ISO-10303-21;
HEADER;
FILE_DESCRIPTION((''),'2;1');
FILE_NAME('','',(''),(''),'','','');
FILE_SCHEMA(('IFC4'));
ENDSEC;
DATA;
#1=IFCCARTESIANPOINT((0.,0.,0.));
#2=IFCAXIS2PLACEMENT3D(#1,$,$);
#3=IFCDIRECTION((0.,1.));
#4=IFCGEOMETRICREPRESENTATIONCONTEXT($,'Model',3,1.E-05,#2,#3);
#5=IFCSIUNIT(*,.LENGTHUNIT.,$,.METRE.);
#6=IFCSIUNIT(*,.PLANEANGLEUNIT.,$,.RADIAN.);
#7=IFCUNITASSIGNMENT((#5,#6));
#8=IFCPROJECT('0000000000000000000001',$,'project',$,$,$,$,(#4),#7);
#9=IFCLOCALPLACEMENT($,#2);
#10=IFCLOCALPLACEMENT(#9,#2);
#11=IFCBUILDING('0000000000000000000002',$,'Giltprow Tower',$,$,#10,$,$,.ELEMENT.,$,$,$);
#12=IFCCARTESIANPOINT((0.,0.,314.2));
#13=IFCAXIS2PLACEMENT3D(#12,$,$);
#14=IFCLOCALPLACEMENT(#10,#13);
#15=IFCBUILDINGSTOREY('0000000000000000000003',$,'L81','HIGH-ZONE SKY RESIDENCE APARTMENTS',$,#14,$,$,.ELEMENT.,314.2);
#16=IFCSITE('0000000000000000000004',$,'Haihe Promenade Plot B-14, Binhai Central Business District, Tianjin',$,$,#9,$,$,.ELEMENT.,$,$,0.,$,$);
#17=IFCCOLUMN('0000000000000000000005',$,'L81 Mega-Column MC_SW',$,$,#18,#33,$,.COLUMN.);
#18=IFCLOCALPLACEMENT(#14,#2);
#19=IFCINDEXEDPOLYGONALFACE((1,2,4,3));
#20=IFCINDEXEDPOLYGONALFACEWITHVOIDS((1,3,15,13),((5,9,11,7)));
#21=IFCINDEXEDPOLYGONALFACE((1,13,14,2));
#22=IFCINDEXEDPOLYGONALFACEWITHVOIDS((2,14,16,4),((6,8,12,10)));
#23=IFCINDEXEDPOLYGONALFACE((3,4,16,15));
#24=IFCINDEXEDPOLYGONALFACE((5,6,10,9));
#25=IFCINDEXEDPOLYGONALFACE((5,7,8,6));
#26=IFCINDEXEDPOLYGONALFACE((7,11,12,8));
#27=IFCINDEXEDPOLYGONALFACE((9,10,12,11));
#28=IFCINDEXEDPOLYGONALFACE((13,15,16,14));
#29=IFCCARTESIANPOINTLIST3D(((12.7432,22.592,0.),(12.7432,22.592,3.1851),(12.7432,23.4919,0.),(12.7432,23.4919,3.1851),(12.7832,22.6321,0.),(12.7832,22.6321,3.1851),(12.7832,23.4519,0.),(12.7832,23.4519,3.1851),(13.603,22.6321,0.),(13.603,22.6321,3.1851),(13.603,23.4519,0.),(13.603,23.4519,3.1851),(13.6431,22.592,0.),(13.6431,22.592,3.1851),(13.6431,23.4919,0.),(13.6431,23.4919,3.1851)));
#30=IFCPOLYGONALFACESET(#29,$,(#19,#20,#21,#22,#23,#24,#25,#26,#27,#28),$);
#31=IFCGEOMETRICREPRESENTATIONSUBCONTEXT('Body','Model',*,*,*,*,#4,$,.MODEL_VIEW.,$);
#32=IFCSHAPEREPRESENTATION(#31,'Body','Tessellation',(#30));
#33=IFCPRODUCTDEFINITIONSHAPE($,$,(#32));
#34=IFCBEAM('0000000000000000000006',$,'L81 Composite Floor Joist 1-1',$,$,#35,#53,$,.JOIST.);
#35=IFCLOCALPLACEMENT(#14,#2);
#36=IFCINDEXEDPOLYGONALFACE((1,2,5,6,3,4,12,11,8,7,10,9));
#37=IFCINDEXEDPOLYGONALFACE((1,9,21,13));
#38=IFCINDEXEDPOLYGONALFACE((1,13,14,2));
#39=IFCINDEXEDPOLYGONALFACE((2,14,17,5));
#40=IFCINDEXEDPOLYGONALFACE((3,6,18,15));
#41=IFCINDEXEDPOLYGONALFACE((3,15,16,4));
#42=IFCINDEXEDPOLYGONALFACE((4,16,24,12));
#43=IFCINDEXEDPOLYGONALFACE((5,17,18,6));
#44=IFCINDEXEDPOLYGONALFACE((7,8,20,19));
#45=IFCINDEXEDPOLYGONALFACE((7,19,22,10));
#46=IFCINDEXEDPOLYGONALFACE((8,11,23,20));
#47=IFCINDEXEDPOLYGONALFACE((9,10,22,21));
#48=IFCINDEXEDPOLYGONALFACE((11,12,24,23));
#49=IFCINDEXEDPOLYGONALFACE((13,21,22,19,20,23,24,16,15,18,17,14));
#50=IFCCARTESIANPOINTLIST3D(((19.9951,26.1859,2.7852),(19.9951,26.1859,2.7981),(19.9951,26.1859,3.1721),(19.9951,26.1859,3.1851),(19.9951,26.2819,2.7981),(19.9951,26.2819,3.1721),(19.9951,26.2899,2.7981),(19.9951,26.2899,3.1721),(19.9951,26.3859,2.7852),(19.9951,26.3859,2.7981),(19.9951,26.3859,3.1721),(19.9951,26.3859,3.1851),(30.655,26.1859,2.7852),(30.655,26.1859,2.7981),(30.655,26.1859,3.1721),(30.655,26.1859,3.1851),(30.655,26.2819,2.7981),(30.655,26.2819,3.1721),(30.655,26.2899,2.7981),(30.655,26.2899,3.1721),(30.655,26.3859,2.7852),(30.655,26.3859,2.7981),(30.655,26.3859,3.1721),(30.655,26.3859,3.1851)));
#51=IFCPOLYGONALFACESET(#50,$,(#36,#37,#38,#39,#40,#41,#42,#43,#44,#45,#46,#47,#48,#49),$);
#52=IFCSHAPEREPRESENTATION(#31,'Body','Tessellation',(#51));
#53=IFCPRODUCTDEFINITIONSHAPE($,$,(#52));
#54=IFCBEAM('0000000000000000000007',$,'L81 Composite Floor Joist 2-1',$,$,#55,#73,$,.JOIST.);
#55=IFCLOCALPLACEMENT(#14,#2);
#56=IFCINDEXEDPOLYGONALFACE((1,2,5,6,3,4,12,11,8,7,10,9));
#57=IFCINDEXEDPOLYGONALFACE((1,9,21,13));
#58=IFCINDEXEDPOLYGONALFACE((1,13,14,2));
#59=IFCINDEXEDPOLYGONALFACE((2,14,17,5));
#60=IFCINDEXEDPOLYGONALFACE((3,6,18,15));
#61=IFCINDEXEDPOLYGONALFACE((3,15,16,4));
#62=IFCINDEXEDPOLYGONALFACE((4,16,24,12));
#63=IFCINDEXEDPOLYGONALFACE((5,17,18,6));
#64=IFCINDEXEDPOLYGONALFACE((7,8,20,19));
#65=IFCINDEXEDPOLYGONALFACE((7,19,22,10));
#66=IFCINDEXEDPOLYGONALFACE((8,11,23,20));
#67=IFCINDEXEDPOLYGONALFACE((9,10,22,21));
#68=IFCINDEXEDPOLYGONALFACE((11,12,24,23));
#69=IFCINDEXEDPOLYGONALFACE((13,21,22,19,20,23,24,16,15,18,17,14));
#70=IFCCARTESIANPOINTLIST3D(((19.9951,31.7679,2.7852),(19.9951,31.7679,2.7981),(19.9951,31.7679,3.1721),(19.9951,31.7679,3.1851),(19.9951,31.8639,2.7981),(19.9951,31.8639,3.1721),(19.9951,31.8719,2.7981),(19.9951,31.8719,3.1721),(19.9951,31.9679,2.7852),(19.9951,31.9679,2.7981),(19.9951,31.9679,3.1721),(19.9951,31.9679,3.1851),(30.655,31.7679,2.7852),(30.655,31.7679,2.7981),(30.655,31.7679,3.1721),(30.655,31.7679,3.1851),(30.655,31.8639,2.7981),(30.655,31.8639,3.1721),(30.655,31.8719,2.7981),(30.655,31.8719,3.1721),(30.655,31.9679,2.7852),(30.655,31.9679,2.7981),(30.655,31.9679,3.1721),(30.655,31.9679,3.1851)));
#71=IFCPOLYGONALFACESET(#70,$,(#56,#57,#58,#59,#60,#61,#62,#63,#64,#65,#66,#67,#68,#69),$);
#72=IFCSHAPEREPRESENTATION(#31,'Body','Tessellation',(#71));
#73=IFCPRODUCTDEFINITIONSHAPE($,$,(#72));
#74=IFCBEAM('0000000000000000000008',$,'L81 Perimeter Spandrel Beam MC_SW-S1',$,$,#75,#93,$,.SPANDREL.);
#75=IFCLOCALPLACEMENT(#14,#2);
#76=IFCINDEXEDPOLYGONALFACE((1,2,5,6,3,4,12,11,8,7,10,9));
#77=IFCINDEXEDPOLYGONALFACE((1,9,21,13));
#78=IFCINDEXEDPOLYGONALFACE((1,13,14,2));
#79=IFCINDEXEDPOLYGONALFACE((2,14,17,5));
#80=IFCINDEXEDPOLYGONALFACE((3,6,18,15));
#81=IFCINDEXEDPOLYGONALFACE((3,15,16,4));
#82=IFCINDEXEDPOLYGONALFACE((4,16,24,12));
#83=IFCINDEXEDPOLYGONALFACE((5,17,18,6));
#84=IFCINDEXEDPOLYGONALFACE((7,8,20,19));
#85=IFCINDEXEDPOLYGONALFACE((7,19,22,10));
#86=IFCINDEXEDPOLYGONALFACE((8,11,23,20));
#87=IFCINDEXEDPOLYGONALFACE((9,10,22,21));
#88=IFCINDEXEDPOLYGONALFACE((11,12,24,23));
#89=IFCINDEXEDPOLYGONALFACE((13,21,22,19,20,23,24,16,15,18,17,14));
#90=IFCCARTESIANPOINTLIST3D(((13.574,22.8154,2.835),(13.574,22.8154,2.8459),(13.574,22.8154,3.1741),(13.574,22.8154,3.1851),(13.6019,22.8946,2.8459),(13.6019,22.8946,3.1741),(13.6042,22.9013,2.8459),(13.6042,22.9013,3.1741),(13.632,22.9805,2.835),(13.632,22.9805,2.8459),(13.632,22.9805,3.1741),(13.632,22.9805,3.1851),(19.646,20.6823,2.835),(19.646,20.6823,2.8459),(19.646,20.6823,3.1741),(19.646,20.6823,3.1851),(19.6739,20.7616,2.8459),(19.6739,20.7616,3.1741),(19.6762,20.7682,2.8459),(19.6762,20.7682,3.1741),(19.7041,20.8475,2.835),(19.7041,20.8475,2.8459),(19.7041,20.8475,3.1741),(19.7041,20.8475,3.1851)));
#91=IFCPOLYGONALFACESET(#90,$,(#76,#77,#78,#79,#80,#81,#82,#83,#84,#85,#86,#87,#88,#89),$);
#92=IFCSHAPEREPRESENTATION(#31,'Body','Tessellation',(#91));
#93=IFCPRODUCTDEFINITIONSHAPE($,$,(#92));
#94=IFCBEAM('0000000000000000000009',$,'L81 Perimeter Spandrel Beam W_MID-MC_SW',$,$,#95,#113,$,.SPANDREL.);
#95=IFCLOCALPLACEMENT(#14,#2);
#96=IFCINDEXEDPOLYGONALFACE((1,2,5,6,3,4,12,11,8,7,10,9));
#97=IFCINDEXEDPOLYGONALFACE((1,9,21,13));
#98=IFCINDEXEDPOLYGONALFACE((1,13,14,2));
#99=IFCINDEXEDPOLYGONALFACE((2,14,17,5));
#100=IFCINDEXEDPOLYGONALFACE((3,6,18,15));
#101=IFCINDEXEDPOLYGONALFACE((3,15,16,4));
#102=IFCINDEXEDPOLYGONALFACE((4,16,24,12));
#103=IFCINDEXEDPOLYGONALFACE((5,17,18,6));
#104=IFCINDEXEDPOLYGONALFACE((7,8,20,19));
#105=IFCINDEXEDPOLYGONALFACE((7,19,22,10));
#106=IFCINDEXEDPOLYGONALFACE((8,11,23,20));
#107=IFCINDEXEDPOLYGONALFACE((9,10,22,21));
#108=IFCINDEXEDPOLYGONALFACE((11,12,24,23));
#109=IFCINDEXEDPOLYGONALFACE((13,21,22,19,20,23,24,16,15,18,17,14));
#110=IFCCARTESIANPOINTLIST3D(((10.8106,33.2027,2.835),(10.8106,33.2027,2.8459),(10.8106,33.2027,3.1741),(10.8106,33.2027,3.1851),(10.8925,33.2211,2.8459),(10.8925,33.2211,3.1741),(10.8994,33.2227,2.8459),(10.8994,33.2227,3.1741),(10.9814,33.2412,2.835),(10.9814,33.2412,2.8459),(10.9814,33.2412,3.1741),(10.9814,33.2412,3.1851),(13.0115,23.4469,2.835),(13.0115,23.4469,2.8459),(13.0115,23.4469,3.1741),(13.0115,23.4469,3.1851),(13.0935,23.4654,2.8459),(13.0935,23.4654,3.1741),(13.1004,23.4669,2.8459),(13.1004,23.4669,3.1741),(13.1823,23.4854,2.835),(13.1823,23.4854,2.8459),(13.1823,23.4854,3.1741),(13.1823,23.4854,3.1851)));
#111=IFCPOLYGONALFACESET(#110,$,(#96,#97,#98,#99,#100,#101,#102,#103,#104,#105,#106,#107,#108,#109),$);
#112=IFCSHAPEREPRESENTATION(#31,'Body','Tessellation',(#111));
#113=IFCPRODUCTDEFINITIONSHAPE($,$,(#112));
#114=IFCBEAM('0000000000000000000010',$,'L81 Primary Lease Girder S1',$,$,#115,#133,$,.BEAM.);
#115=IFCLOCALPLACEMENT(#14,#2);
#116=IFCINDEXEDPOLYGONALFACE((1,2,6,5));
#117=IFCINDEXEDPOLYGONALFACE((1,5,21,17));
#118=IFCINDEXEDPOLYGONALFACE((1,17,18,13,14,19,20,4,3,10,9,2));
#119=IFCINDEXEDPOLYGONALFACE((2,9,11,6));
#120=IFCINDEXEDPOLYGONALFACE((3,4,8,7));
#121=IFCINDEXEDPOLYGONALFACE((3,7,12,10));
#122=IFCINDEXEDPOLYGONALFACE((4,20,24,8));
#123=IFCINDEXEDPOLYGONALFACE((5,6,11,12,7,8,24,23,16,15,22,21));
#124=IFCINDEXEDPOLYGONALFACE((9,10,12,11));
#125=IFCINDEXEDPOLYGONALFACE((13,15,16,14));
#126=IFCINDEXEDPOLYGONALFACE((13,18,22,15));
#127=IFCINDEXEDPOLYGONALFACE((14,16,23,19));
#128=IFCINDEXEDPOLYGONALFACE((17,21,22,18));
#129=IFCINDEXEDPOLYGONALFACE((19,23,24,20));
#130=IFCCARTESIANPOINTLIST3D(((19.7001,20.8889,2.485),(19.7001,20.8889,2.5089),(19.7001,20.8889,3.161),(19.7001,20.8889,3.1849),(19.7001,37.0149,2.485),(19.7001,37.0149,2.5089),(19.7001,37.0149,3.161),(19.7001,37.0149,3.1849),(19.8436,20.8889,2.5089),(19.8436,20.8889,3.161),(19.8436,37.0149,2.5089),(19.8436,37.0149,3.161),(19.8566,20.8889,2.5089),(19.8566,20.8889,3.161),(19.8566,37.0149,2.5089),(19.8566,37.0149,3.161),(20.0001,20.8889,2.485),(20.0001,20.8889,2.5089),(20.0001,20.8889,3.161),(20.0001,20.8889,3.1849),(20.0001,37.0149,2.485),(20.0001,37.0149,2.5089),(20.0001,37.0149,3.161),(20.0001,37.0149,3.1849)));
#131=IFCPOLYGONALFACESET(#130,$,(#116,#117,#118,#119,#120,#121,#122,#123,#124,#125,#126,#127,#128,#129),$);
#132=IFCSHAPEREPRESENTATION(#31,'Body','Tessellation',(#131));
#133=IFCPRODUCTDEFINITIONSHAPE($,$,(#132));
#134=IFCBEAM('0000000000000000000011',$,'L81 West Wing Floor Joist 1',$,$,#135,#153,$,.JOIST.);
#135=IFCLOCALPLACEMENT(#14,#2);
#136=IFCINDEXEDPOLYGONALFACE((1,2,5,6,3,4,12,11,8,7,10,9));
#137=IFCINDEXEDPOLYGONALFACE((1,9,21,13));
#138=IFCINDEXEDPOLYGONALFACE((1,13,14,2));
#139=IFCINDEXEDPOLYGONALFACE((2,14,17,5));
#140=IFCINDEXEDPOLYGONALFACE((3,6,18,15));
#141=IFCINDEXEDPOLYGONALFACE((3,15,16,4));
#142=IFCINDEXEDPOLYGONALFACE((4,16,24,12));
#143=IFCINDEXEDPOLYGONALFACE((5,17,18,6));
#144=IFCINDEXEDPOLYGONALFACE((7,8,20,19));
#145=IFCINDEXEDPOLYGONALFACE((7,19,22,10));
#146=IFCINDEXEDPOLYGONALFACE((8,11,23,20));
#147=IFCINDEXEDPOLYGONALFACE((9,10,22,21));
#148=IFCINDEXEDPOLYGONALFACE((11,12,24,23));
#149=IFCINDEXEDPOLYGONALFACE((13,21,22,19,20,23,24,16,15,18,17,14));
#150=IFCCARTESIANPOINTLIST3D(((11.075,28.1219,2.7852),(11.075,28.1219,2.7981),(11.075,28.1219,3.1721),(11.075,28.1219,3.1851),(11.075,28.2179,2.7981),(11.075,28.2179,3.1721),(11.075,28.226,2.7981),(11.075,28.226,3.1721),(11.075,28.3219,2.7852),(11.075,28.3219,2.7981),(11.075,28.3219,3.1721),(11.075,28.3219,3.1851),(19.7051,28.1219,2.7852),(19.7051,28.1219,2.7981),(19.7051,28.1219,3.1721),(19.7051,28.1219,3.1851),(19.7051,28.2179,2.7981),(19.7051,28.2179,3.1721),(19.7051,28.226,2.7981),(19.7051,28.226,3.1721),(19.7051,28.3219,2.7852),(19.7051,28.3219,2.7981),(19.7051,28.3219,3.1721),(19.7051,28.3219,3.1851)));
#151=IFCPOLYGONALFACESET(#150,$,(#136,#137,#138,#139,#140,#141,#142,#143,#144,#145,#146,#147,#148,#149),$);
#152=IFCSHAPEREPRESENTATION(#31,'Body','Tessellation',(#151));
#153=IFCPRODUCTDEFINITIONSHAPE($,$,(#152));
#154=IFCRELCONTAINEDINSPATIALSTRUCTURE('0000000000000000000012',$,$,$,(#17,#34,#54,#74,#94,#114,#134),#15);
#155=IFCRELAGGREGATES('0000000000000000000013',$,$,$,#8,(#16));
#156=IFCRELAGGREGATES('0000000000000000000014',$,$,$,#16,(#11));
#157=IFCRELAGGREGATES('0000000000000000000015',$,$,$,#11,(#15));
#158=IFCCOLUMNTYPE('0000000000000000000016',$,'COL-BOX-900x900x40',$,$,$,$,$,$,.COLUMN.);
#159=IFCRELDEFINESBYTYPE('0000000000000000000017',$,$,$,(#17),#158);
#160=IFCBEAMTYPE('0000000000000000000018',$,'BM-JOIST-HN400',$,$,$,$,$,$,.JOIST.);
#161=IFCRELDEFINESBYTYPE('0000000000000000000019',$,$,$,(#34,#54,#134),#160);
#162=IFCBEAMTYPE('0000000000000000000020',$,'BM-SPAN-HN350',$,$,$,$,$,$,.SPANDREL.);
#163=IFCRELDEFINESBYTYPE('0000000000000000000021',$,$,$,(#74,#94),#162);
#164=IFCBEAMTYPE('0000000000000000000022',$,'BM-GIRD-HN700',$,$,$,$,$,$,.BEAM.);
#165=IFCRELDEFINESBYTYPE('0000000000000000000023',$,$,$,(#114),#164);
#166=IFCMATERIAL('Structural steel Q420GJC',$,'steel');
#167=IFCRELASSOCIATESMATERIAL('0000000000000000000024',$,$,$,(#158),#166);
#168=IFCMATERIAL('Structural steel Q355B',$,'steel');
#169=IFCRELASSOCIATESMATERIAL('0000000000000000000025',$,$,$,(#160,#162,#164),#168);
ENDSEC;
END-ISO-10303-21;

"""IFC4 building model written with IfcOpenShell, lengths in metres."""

from ifc_helpers import new_model, si_unit, direction, frame, origin, origin_2d, place, context, subcontext, project, spatial, hollow_rectangle, i_section, extrude, source, transform, mapped, material, material_profile, profile_set, type_object, element, save


model = new_model("IFC4")

# Units and contexts
model_context = context("Model", 3, precision=1e-05, world=origin(), true_north=direction((0.0, 1.0)))
body_context = subcontext(model_context, "Body", "Model", "MODEL_VIEW")
ifc_project = project(units=[si_unit("LENGTHUNIT", "METRE"), si_unit("PLANEANGLEUNIT", "RADIAN")], contexts=[model_context])

# Site, building, storey
site_placement = place(None, origin())
site = spatial("IfcSite", under=ifc_project, at=site_placement, Name="Haihe Promenade Plot B-14, Binhai Central Business District, Tianjin", CompositionType="ELEMENT", RefElevation=0.0)
building_placement = place(site_placement, origin())
building = spatial("IfcBuilding", under=site, at=building_placement, Name="Giltprow Tower", CompositionType="ELEMENT")
storey_placement = place(building_placement, frame((0.0, 0.0, 314.2)))
storey = spatial("IfcBuildingStorey", under=building, at=storey_placement, Name="L81", Description="HIGH-ZONE SKY RESIDENCE APARTMENTS", CompositionType="ELEMENT", Elevation=314.2)

# Column
ifc_material_1 = material(Name="Structural steel Q420GJC", Category="steel")
ifc_material_profile_1 = material_profile(ifc_material_1, hollow_rectangle(XDim=0.8999, YDim=0.8999, WallThickness=0.04, at=origin_2d()), Name="BOX 900x900x40")
ifc_profile_set_1 = profile_set([ifc_material_profile_1], Name="Structural steel Q420GJC")
column_type = type_object("IfcColumnType", Name="COL-BOX-900x900x40", PredefinedType="COLUMN", material=ifc_profile_set_1)
shared_shape_1 = source(origin(), body_context, "Body", "SweptSolid", [
    extrude(hollow_rectangle(XDim=0.8999, YDim=0.8999, WallThickness=0.04, at=origin_2d()), origin(), (0.0, 0.0, 1.0), 3.1851),
])
column_placement = place(storey_placement, frame((13.1931, 23.042, 0.0), z_axis=(0.0, 0.0, 1.0), x_axis=(1.0, 0.0, 0.0)))
element("IfcColumn", 1, at=column_placement, inside=storey, type_object=column_type, Name="L81 Mega-Column MC_SW", PredefinedType="COLUMN", context=body_context, shape_type="MappedRepresentation", body=[
    mapped(shared_shape_1, transform((0.0, 0.0, 0.0), x_axis=(1.0, 0.0, 0.0), y_axis=(0.0, 1.0, 0.0), z_axis=(0.0, 0.0, 1.0), scale=1.0)),
])

# Beams
ifc_material_2 = material(Name="Structural steel Q355B", Category="steel")
ifc_material_profile_2 = material_profile(ifc_material_2, i_section(OverallWidth=0.2, OverallDepth=0.3999, WebThickness=0.0081, FlangeThickness=0.0129, at=origin_2d()), Name="HN 400x200x8x13")
ifc_profile_set_2 = profile_set([ifc_material_profile_2], Name="Structural steel Q355B")
beam_type_1 = type_object("IfcBeamType", Name="BM-JOIST-HN400", PredefinedType="JOIST", material=ifc_profile_set_2)
shared_shape_2 = source(origin(), body_context, "Body", "SweptSolid", [
    extrude(i_section(OverallWidth=0.2, OverallDepth=0.3999, WebThickness=0.0081, FlangeThickness=0.0129, at=origin_2d()), origin(), (0.0, 0.0, 1.0), 10.6599),
])
for number, where, z_axis, x_axis, name in (
    (2, (19.9951, 26.2859, 2.9851), (1.0, 0.0, 0.0), (0.0, 1.0, 0.0), "L81 Composite Floor Joist 1-1"),
    (3, (19.9951, 31.8679, 2.9851), (1.0, 0.0, 0.0), (0.0, 1.0, 0.0), "L81 Composite Floor Joist 2-1"),
):
    element("IfcBeam", number, at=place(storey_placement, frame(where, z_axis=z_axis, x_axis=x_axis)), inside=storey, type_object=beam_type_1, Name=name, PredefinedType="JOIST", context=body_context, shape_type="MappedRepresentation", body=[
        mapped(shared_shape_2, transform((0.0, 0.0, 0.0), x_axis=(1.0, 0.0, 0.0), y_axis=(0.0, 1.0, 0.0), z_axis=(0.0, 0.0, 1.0), scale=1.0)),
    ])
ifc_material_profile_3 = material_profile(ifc_material_2, i_section(OverallWidth=0.175, OverallDepth=0.3501, WebThickness=0.0071, FlangeThickness=0.011, at=origin_2d()), Name="HN 350x175x7x11")
ifc_profile_set_3 = profile_set([ifc_material_profile_3], Name="Structural steel Q355B")
beam_type_2 = type_object("IfcBeamType", Name="BM-SPAN-HN350", PredefinedType="SPANDREL", material=ifc_profile_set_3)
shared_shape_3 = source(origin(), body_context, "Body", "SweptSolid", [
    extrude(i_section(OverallWidth=0.175, OverallDepth=0.3501, WebThickness=0.0071, FlangeThickness=0.011, at=origin_2d()), origin(), (0.0, 0.0, 1.0), 6.4358),
])
beam_1_placement = place(storey_placement, frame((13.603, 22.8979, 3.01), z_axis=(0.943477, -0.331437, 0.0), x_axis=(0.331437, 0.943477, 0.0)))
element("IfcBeam", 4, at=beam_1_placement, inside=storey, type_object=beam_type_2, Name="L81 Perimeter Spandrel Beam MC_SW-S1", PredefinedType="SPANDREL", context=body_context, shape_type="MappedRepresentation", body=[
    mapped(shared_shape_3, transform((0.0, 0.0, 0.0), x_axis=(1.0, 0.0, 0.0), y_axis=(0.0, 1.0, 0.0), z_axis=(0.0, 0.0, 1.0), scale=1.0)),
])
shared_shape_4 = source(origin(), body_context, "Body", "SweptSolid", [
    extrude(i_section(OverallWidth=0.175, OverallDepth=0.3501, WebThickness=0.0071, FlangeThickness=0.011, at=origin_2d()), origin(), (0.0, 0.0, 1.0), 10.001),
])
beam_2_placement = place(storey_placement, frame((10.896, 33.2219, 3.01), z_axis=(0.22007, -0.975484, 0.0), x_axis=(0.975484, 0.22007, 0.0)))
element("IfcBeam", 5, at=beam_2_placement, inside=storey, type_object=beam_type_2, Name="L81 Perimeter Spandrel Beam W_MID-MC_SW", PredefinedType="SPANDREL", context=body_context, shape_type="MappedRepresentation", body=[
    mapped(shared_shape_4, transform((0.0, 0.0, 0.0), x_axis=(1.0, 0.0, 0.0), y_axis=(0.0, 1.0, 0.0), z_axis=(0.0, 0.0, 1.0), scale=1.0)),
])
ifc_material_profile_4 = material_profile(ifc_material_2, i_section(OverallWidth=0.3, OverallDepth=0.7, WebThickness=0.0129, FlangeThickness=0.0239, at=origin_2d()), Name="HN 700x300x13x24")
ifc_profile_set_4 = profile_set([ifc_material_profile_4], Name="Structural steel Q355B")
beam_type_3 = type_object("IfcBeamType", Name="BM-GIRD-HN700", PredefinedType="BEAM", material=ifc_profile_set_4)
shared_shape_5 = source(origin(), body_context, "Body", "SweptSolid", [
    extrude(i_section(OverallWidth=0.3, OverallDepth=0.7, WebThickness=0.0129, FlangeThickness=0.0239, at=origin_2d()), origin(), (0.0, 0.0, 1.0), 16.126),
])
beam_3_placement = place(storey_placement, frame((19.8501, 20.8889, 2.835), z_axis=(0.0, 1.0, 0.0), x_axis=(-1.0, 0.0, 0.0)))
element("IfcBeam", 6, at=beam_3_placement, inside=storey, type_object=beam_type_3, Name="L81 Primary Lease Girder S1", PredefinedType="BEAM", context=body_context, shape_type="MappedRepresentation", body=[
    mapped(shared_shape_5, transform((0.0, 0.0, 0.0), x_axis=(1.0, 0.0, 0.0), y_axis=(0.0, 1.0, 0.0), z_axis=(0.0, 0.0, 1.0), scale=1.0)),
])
shared_shape_6 = source(origin(), body_context, "Body", "SweptSolid", [
    extrude(i_section(OverallWidth=0.2, OverallDepth=0.3999, WebThickness=0.0081, FlangeThickness=0.0129, at=origin_2d()), origin(), (0.0, 0.0, 1.0), 8.6301),
])
beam_4_placement = place(storey_placement, frame((11.075, 28.2219, 2.9851), z_axis=(1.0, 0.0, 0.0), x_axis=(0.0, 1.0, 0.0)))
element("IfcBeam", 7, at=beam_4_placement, inside=storey, type_object=beam_type_1, Name="L81 West Wing Floor Joist 1", PredefinedType="JOIST", context=body_context, shape_type="MappedRepresentation", body=[
    mapped(shared_shape_6, transform((0.0, 0.0, 0.0), x_axis=(1.0, 0.0, 0.0), y_axis=(0.0, 1.0, 0.0), z_axis=(0.0, 0.0, 1.0), scale=1.0)),
])

save(model, "model.ifc")
